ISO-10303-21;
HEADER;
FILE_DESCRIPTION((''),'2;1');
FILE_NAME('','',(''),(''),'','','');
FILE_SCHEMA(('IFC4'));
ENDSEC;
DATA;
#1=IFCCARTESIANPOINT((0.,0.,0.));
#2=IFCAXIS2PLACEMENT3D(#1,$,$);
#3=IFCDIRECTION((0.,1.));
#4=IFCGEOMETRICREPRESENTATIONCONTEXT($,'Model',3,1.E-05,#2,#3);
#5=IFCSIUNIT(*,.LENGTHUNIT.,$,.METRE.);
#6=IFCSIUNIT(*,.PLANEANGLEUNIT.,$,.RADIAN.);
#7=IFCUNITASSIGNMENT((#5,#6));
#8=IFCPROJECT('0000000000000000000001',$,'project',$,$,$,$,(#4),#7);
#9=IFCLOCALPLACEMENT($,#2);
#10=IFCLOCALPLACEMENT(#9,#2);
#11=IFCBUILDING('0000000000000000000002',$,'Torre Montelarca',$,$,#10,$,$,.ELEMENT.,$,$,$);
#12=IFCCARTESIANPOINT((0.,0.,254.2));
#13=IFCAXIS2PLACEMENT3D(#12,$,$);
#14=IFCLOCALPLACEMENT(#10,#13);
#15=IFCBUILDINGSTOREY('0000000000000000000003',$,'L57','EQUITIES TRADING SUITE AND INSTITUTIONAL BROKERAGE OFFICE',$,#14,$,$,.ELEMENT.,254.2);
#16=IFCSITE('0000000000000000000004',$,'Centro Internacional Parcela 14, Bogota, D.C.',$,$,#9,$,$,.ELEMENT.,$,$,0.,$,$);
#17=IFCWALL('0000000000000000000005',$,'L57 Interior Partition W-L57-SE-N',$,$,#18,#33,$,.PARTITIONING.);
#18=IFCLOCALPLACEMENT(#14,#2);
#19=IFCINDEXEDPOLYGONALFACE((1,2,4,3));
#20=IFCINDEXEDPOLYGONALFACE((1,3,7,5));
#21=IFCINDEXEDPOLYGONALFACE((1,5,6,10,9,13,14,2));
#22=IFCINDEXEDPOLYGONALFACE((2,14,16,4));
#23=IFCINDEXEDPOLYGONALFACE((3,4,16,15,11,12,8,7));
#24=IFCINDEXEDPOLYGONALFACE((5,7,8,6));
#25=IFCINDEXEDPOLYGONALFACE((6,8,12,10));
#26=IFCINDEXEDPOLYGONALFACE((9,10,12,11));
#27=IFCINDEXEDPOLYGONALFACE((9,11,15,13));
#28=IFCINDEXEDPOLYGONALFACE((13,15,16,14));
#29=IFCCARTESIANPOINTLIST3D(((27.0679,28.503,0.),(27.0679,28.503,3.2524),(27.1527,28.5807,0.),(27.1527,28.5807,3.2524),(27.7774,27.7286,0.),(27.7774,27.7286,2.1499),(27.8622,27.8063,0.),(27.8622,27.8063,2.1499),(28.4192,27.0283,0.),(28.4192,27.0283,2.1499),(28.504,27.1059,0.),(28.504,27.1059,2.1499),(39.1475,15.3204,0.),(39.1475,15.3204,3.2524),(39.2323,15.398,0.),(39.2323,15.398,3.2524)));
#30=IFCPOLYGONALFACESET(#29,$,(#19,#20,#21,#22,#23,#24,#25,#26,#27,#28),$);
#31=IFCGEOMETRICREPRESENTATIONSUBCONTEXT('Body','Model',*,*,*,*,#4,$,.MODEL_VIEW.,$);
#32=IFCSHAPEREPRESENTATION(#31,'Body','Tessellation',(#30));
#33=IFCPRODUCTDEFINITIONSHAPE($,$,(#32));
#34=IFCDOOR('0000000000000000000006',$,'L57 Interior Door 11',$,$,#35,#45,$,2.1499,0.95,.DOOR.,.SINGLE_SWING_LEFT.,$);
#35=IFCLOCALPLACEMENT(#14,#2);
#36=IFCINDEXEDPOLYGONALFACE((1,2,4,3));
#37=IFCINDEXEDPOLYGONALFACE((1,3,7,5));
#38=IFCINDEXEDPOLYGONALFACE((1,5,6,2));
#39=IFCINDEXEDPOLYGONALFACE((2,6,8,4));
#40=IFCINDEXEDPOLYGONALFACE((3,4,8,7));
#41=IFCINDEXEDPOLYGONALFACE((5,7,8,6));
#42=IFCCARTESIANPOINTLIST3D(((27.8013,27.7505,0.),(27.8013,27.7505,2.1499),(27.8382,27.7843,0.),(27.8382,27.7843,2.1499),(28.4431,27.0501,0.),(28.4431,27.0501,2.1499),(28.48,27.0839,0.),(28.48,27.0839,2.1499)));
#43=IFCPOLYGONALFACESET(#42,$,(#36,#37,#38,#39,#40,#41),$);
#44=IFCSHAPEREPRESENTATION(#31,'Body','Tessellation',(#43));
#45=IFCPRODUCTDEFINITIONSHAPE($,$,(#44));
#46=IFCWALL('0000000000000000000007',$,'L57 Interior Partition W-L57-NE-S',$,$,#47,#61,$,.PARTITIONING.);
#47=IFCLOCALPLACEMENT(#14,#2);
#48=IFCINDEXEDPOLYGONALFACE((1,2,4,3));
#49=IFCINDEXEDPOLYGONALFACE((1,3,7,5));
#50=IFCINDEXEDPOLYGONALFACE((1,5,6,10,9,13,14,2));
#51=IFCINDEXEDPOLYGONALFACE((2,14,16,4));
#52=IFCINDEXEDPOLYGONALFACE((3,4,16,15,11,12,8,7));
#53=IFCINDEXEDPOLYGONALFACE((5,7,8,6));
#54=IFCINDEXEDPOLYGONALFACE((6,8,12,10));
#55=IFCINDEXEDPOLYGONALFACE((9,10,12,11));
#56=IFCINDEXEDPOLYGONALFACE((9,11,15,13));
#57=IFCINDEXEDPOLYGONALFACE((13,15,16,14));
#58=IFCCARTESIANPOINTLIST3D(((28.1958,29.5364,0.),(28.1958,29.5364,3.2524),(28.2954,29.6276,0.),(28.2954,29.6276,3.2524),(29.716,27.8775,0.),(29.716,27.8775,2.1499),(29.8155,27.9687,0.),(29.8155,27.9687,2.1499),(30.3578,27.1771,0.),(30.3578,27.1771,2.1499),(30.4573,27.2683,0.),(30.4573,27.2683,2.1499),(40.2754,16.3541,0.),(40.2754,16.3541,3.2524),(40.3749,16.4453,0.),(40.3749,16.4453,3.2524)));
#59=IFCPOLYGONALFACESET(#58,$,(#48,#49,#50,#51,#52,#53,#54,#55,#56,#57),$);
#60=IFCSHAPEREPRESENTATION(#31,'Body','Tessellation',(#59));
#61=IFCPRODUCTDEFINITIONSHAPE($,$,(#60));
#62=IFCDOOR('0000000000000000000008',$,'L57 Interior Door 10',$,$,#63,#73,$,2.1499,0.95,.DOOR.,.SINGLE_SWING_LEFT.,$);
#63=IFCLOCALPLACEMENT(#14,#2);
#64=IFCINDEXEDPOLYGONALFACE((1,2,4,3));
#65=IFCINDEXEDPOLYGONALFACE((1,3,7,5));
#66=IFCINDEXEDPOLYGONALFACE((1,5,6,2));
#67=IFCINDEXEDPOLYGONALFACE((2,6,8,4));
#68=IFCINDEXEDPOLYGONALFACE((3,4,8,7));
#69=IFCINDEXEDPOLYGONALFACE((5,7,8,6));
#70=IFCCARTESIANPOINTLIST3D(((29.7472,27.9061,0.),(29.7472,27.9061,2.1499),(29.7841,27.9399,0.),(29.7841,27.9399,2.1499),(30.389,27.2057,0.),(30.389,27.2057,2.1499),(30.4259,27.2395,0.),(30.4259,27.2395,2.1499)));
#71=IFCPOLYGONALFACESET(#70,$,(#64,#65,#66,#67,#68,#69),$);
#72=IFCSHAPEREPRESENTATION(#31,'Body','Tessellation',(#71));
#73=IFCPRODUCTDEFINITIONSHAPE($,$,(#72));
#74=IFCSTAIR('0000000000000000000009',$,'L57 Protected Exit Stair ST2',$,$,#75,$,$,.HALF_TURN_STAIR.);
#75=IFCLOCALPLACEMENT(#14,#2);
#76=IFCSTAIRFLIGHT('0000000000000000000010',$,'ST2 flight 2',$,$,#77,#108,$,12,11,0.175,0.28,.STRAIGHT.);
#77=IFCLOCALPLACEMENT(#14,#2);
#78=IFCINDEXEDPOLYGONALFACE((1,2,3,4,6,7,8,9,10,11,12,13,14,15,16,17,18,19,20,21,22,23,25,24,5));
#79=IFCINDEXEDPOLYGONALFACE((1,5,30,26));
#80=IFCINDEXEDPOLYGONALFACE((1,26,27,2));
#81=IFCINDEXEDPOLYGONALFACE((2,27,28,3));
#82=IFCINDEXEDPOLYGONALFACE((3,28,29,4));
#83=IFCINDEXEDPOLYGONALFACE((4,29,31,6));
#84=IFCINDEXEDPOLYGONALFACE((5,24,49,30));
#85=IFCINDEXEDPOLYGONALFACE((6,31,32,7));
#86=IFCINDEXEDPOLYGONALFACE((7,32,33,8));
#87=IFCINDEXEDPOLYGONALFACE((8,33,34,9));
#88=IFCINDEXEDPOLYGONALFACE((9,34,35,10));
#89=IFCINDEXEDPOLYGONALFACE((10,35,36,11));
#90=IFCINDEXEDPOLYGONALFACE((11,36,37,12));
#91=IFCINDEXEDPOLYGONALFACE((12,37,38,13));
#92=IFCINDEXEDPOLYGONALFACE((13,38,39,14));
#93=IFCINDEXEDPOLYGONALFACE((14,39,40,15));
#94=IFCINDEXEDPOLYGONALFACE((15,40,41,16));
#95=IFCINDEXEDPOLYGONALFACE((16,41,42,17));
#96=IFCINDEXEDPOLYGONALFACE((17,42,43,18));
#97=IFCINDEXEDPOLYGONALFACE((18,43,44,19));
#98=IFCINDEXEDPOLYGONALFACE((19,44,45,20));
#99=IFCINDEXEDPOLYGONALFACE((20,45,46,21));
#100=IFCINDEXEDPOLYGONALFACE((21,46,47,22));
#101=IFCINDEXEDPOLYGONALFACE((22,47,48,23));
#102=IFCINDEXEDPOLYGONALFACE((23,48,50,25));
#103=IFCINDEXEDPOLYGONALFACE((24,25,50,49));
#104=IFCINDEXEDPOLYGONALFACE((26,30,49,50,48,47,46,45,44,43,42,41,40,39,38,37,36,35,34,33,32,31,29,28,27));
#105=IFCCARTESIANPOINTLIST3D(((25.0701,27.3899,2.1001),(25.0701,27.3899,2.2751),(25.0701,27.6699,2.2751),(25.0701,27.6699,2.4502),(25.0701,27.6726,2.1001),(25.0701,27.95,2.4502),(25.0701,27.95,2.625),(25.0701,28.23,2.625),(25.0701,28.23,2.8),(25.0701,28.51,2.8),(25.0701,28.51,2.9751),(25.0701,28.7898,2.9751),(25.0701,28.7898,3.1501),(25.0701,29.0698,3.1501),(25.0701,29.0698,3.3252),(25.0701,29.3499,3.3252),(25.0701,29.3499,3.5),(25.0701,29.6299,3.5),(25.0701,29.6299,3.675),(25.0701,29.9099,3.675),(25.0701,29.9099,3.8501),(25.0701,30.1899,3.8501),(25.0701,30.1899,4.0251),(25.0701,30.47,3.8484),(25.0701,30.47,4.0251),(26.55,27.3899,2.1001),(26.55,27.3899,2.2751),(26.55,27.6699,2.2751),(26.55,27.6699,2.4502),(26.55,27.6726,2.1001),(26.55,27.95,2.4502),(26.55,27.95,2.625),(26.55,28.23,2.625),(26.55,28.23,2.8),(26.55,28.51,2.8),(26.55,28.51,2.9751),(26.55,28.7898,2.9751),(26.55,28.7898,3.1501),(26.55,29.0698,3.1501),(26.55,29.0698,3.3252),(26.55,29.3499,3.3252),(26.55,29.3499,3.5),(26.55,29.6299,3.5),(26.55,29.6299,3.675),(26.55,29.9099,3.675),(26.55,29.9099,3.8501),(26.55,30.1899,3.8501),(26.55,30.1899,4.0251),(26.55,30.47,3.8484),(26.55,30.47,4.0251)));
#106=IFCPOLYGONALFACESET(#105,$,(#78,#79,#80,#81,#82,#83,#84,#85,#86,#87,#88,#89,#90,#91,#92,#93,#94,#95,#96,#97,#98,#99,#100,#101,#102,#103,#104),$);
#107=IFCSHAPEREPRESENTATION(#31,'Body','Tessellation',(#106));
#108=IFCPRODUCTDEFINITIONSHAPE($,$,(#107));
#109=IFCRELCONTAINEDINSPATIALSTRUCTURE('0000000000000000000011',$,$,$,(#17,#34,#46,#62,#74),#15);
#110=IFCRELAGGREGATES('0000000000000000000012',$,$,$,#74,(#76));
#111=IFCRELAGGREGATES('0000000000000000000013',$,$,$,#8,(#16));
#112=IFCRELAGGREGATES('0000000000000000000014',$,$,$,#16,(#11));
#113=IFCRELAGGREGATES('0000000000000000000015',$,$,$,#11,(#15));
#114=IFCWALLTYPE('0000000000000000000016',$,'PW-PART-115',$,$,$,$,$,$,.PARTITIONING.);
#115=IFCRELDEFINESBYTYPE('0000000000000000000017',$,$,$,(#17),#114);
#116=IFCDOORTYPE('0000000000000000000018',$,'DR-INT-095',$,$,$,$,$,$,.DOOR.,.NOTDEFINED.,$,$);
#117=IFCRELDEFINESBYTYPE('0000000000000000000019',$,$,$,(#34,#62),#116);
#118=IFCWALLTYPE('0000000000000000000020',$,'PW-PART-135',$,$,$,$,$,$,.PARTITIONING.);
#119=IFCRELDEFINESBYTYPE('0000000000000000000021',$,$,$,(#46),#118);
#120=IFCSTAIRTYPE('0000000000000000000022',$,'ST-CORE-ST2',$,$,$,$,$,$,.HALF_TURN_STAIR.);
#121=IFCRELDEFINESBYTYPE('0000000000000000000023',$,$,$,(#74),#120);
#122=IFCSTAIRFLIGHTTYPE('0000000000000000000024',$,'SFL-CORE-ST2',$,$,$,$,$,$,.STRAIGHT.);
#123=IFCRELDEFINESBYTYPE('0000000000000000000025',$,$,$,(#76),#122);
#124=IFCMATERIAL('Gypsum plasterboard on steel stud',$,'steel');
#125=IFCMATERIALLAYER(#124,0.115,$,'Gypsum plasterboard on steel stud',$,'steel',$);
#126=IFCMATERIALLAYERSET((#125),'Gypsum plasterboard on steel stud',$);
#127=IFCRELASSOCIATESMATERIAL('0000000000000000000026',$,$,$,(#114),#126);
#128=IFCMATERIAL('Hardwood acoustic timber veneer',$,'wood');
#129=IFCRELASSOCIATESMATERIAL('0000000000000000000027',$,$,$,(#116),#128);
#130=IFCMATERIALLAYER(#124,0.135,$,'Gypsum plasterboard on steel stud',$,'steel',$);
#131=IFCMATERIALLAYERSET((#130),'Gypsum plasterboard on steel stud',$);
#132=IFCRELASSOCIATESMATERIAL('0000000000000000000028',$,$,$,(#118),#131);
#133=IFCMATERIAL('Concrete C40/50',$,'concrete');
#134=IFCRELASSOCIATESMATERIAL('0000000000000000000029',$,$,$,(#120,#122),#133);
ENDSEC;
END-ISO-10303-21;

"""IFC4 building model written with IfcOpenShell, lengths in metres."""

from ifc_helpers import new_model, si_unit, direction, frame, frame_2d, origin, place, context, subcontext, project, spatial, polyline, rectangle, outline, extrude, source, transform, mapped, material, layer, layer_set, type_object, element, fill, aggregate, save


model = new_model("IFC4")

# Units and contexts
model_context = context("Model", 3, precision=1e-05, world=origin(), true_north=direction((0.0, 1.0)))
body_context = subcontext(model_context, "Body", "Model", "MODEL_VIEW")
ifc_project = project(units=[si_unit("LENGTHUNIT", "METRE"), si_unit("PLANEANGLEUNIT", "RADIAN")], contexts=[model_context])

# Site, building, storey
site_placement = place(None, origin())
site = spatial("IfcSite", under=ifc_project, at=site_placement, Name="Centro Internacional Parcela 14, Bogota, D.C.", CompositionType="ELEMENT", RefElevation=0.0)
building_placement = place(site_placement, origin())
building = spatial("IfcBuilding", under=site, at=building_placement, Name="Torre Montelarca", CompositionType="ELEMENT")
storey_placement = place(building_placement, frame((0.0, 0.0, 254.2)))
storey = spatial("IfcBuildingStorey", under=building, at=storey_placement, Name="L57", Description="EQUITIES TRADING SUITE AND INSTITUTIONAL BROKERAGE OFFICE", CompositionType="ELEMENT", Elevation=254.2)

# Shared definitions
ifc_material_1 = material(Name="Concrete C40/50", Category="concrete")

# Shared definitions
ifc_material_2 = material(Name="Gypsum plasterboard on steel stud", Category="steel")

# Walls, openings, doors
ifc_layer_1 = layer(ifc_material_2, 0.115, Name="Gypsum plasterboard on steel stud", Category="steel")
ifc_layer_set_1 = layer_set([ifc_layer_1], Name="Gypsum plasterboard on steel stud")
wall_type_1 = type_object("IfcWallType", Name="PW-PART-115", PredefinedType="PARTITIONING", material=ifc_layer_set_1)
wall_1_placement = place(storey_placement, frame((27.1104, 28.5417, 0.0), z_axis=(0.0, 0.0, 1.0), x_axis=(0.675589, -0.737279, 0.0)))
wall_1 = element("IfcWall", 1, at=wall_1_placement, inside=storey, type_object=wall_type_1, Name="L57 Interior Partition W-L57-SE-N", PredefinedType="PARTITIONING", context=body_context, shape_type="SweptSolid", body=[
    extrude(rectangle(XDim=17.8801, YDim=0.115, at=frame_2d((8.9399, 0.0))), origin(), (0.0, 0.0, 1.0), 3.2524),
])
opening_1_placement = place(wall_1_placement, frame((1.05, 0.0, 0.0)))
opening_1 = element("IfcOpeningElement", 2, at=opening_1_placement, cuts=wall_1, PredefinedType="OPENING", context=body_context, shape_type="SweptSolid", body=[
    extrude(rectangle(XDim=0.95, YDim=2.1499, at=frame_2d((0.4751, 1.075))), frame((0.0, 0.0674, 0.0), z_axis=(0.0, -1.0, 0.0), x_axis=(1.0, 0.0, 0.0)), (0.0, 0.0, 1.0), 0.135),
])
ifc_material_3 = material(Name="Hardwood acoustic timber veneer", Category="wood")
door_type_1 = type_object("IfcDoorType", Name="DR-INT-095", OperationType="NOTDEFINED", PredefinedType="DOOR", material=ifc_material_3)
shared_shape_1 = source(origin(), body_context, "Body", "SweptSolid", [
    extrude(rectangle(XDim=0.95, YDim=2.1499, at=frame_2d((0.4751, 1.075))), frame((0.0, 0.0249, 0.0), z_axis=(0.0, -1.0, 0.0), x_axis=(1.0, 0.0, 0.0)), (0.0, 0.0, 1.0), 0.05),
])
door_1_placement = place(opening_1_placement, origin())
door_1 = element("IfcDoor", 3, at=door_1_placement, inside=storey, type_object=door_type_1, Name="L57 Interior Door 11", OperationType="SINGLE_SWING_LEFT", OverallHeight=2.1499, OverallWidth=0.95, PredefinedType="DOOR", context=body_context, shape_type="MappedRepresentation", body=[
    mapped(shared_shape_1, transform((0.0, 0.0, 0.0), scale=1.0)),
])
fill(opening_1, door_1)
ifc_layer_2 = layer(ifc_material_2, 0.135, Name="Gypsum plasterboard on steel stud", Category="steel")
ifc_layer_set_2 = layer_set([ifc_layer_2], Name="Gypsum plasterboard on steel stud")
wall_type_2 = type_object("IfcWallType", Name="PW-PART-135", PredefinedType="PARTITIONING", material=ifc_layer_set_2)
wall_2_placement = place(storey_placement, frame((28.2456, 29.582, 0.0), z_axis=(0.0, 0.0, 1.0), x_axis=(0.675595, -0.737273, 0.0)))
wall_2 = element("IfcWall", 4, at=wall_2_placement, inside=storey, type_object=wall_type_2, Name="L57 Interior Partition W-L57-NE-S", PredefinedType="PARTITIONING", context=body_context, shape_type="SweptSolid", body=[
    extrude(rectangle(XDim=17.8799, YDim=0.135, at=frame_2d((8.9399, 0.0))), origin(), (0.0, 0.0, 1.0), 3.2524),
])
opening_2_placement = place(wall_2_placement, frame((2.25, 0.0, 0.0)))
opening_2 = element("IfcOpeningElement", 5, at=opening_2_placement, cuts=wall_2, PredefinedType="OPENING", context=body_context, shape_type="SweptSolid", body=[
    extrude(rectangle(XDim=0.95, YDim=2.1499, at=frame_2d((0.4751, 1.075))), frame((0.0, 0.0776, 0.0), z_axis=(0.0, -1.0, 0.0), x_axis=(1.0, 0.0, 0.0)), (0.0, 0.0, 1.0), 0.155),
])
door_2_placement = place(opening_2_placement, origin())
door_2 = element("IfcDoor", 6, at=door_2_placement, inside=storey, type_object=door_type_1, Name="L57 Interior Door 10", OperationType="SINGLE_SWING_LEFT", OverallHeight=2.1499, OverallWidth=0.95, PredefinedType="DOOR", context=body_context, shape_type="MappedRepresentation", body=[
    mapped(shared_shape_1, transform((0.0, 0.0, 0.0), scale=1.0)),
])
fill(opening_2, door_2)

# Stair, stair flight
stair_type = type_object("IfcStairType", Name="ST-CORE-ST2", PredefinedType="HALF_TURN_STAIR", material=ifc_material_1)
stair_placement = place(storey_placement, origin())
stair = element("IfcStair", 7, at=stair_placement, inside=storey, type_object=stair_type, Name="L57 Protected Exit Stair ST2", PredefinedType="HALF_TURN_STAIR")
stair_flight_type = type_object("IfcStairFlightType", Name="SFL-CORE-ST2", PredefinedType="STRAIGHT", material=ifc_material_1)
stair_flight_placement = place(storey_placement, frame((25.8101, 27.3899, 2.1001), z_axis=(0.0, 0.0, 1.0), x_axis=(0.0, 1.0, 0.0)))
stair_flight = element("IfcStairFlight", 8, at=stair_flight_placement, type_object=stair_flight_type, Name="ST2 flight 2", NumberOfRisers=12, NumberOfTreads=11, PredefinedType="STRAIGHT", RiserHeight=0.175, TreadLength=0.28, context=body_context, shape_type="SweptSolid", body=[
    extrude(outline(polyline([(0.0, 0.0), (0.0, 0.175), (0.28, 0.175), (0.28, 0.3501), (0.5601, 0.3501), (0.5601, 0.5249), (0.8401, 0.5249), (0.8401, 0.7), (1.1201, 0.7), (1.1201, 0.875), (1.3999, 0.875), (1.3999, 1.05), (1.6799, 1.05), (1.6799, 1.2251), (1.96, 1.2251), (1.96, 1.3999), (2.24, 1.3999), (2.24, 1.575), (2.52, 1.575), (2.52, 1.75), (2.8, 1.75), (2.8, 1.925), (3.0801, 1.925), (3.0801, 2.1001), (3.0801, 1.7483), (0.2827, 0.0), (0.0, 0.0)])), frame((0.0, 0.74, 0.0), z_axis=(0.0, -1.0, 0.0), x_axis=(1.0, 0.0, 0.0)), (0.0, 0.0, 1.0), 1.48),
])
aggregate(stair, [stair_flight])

save(model, "model.ifc")
